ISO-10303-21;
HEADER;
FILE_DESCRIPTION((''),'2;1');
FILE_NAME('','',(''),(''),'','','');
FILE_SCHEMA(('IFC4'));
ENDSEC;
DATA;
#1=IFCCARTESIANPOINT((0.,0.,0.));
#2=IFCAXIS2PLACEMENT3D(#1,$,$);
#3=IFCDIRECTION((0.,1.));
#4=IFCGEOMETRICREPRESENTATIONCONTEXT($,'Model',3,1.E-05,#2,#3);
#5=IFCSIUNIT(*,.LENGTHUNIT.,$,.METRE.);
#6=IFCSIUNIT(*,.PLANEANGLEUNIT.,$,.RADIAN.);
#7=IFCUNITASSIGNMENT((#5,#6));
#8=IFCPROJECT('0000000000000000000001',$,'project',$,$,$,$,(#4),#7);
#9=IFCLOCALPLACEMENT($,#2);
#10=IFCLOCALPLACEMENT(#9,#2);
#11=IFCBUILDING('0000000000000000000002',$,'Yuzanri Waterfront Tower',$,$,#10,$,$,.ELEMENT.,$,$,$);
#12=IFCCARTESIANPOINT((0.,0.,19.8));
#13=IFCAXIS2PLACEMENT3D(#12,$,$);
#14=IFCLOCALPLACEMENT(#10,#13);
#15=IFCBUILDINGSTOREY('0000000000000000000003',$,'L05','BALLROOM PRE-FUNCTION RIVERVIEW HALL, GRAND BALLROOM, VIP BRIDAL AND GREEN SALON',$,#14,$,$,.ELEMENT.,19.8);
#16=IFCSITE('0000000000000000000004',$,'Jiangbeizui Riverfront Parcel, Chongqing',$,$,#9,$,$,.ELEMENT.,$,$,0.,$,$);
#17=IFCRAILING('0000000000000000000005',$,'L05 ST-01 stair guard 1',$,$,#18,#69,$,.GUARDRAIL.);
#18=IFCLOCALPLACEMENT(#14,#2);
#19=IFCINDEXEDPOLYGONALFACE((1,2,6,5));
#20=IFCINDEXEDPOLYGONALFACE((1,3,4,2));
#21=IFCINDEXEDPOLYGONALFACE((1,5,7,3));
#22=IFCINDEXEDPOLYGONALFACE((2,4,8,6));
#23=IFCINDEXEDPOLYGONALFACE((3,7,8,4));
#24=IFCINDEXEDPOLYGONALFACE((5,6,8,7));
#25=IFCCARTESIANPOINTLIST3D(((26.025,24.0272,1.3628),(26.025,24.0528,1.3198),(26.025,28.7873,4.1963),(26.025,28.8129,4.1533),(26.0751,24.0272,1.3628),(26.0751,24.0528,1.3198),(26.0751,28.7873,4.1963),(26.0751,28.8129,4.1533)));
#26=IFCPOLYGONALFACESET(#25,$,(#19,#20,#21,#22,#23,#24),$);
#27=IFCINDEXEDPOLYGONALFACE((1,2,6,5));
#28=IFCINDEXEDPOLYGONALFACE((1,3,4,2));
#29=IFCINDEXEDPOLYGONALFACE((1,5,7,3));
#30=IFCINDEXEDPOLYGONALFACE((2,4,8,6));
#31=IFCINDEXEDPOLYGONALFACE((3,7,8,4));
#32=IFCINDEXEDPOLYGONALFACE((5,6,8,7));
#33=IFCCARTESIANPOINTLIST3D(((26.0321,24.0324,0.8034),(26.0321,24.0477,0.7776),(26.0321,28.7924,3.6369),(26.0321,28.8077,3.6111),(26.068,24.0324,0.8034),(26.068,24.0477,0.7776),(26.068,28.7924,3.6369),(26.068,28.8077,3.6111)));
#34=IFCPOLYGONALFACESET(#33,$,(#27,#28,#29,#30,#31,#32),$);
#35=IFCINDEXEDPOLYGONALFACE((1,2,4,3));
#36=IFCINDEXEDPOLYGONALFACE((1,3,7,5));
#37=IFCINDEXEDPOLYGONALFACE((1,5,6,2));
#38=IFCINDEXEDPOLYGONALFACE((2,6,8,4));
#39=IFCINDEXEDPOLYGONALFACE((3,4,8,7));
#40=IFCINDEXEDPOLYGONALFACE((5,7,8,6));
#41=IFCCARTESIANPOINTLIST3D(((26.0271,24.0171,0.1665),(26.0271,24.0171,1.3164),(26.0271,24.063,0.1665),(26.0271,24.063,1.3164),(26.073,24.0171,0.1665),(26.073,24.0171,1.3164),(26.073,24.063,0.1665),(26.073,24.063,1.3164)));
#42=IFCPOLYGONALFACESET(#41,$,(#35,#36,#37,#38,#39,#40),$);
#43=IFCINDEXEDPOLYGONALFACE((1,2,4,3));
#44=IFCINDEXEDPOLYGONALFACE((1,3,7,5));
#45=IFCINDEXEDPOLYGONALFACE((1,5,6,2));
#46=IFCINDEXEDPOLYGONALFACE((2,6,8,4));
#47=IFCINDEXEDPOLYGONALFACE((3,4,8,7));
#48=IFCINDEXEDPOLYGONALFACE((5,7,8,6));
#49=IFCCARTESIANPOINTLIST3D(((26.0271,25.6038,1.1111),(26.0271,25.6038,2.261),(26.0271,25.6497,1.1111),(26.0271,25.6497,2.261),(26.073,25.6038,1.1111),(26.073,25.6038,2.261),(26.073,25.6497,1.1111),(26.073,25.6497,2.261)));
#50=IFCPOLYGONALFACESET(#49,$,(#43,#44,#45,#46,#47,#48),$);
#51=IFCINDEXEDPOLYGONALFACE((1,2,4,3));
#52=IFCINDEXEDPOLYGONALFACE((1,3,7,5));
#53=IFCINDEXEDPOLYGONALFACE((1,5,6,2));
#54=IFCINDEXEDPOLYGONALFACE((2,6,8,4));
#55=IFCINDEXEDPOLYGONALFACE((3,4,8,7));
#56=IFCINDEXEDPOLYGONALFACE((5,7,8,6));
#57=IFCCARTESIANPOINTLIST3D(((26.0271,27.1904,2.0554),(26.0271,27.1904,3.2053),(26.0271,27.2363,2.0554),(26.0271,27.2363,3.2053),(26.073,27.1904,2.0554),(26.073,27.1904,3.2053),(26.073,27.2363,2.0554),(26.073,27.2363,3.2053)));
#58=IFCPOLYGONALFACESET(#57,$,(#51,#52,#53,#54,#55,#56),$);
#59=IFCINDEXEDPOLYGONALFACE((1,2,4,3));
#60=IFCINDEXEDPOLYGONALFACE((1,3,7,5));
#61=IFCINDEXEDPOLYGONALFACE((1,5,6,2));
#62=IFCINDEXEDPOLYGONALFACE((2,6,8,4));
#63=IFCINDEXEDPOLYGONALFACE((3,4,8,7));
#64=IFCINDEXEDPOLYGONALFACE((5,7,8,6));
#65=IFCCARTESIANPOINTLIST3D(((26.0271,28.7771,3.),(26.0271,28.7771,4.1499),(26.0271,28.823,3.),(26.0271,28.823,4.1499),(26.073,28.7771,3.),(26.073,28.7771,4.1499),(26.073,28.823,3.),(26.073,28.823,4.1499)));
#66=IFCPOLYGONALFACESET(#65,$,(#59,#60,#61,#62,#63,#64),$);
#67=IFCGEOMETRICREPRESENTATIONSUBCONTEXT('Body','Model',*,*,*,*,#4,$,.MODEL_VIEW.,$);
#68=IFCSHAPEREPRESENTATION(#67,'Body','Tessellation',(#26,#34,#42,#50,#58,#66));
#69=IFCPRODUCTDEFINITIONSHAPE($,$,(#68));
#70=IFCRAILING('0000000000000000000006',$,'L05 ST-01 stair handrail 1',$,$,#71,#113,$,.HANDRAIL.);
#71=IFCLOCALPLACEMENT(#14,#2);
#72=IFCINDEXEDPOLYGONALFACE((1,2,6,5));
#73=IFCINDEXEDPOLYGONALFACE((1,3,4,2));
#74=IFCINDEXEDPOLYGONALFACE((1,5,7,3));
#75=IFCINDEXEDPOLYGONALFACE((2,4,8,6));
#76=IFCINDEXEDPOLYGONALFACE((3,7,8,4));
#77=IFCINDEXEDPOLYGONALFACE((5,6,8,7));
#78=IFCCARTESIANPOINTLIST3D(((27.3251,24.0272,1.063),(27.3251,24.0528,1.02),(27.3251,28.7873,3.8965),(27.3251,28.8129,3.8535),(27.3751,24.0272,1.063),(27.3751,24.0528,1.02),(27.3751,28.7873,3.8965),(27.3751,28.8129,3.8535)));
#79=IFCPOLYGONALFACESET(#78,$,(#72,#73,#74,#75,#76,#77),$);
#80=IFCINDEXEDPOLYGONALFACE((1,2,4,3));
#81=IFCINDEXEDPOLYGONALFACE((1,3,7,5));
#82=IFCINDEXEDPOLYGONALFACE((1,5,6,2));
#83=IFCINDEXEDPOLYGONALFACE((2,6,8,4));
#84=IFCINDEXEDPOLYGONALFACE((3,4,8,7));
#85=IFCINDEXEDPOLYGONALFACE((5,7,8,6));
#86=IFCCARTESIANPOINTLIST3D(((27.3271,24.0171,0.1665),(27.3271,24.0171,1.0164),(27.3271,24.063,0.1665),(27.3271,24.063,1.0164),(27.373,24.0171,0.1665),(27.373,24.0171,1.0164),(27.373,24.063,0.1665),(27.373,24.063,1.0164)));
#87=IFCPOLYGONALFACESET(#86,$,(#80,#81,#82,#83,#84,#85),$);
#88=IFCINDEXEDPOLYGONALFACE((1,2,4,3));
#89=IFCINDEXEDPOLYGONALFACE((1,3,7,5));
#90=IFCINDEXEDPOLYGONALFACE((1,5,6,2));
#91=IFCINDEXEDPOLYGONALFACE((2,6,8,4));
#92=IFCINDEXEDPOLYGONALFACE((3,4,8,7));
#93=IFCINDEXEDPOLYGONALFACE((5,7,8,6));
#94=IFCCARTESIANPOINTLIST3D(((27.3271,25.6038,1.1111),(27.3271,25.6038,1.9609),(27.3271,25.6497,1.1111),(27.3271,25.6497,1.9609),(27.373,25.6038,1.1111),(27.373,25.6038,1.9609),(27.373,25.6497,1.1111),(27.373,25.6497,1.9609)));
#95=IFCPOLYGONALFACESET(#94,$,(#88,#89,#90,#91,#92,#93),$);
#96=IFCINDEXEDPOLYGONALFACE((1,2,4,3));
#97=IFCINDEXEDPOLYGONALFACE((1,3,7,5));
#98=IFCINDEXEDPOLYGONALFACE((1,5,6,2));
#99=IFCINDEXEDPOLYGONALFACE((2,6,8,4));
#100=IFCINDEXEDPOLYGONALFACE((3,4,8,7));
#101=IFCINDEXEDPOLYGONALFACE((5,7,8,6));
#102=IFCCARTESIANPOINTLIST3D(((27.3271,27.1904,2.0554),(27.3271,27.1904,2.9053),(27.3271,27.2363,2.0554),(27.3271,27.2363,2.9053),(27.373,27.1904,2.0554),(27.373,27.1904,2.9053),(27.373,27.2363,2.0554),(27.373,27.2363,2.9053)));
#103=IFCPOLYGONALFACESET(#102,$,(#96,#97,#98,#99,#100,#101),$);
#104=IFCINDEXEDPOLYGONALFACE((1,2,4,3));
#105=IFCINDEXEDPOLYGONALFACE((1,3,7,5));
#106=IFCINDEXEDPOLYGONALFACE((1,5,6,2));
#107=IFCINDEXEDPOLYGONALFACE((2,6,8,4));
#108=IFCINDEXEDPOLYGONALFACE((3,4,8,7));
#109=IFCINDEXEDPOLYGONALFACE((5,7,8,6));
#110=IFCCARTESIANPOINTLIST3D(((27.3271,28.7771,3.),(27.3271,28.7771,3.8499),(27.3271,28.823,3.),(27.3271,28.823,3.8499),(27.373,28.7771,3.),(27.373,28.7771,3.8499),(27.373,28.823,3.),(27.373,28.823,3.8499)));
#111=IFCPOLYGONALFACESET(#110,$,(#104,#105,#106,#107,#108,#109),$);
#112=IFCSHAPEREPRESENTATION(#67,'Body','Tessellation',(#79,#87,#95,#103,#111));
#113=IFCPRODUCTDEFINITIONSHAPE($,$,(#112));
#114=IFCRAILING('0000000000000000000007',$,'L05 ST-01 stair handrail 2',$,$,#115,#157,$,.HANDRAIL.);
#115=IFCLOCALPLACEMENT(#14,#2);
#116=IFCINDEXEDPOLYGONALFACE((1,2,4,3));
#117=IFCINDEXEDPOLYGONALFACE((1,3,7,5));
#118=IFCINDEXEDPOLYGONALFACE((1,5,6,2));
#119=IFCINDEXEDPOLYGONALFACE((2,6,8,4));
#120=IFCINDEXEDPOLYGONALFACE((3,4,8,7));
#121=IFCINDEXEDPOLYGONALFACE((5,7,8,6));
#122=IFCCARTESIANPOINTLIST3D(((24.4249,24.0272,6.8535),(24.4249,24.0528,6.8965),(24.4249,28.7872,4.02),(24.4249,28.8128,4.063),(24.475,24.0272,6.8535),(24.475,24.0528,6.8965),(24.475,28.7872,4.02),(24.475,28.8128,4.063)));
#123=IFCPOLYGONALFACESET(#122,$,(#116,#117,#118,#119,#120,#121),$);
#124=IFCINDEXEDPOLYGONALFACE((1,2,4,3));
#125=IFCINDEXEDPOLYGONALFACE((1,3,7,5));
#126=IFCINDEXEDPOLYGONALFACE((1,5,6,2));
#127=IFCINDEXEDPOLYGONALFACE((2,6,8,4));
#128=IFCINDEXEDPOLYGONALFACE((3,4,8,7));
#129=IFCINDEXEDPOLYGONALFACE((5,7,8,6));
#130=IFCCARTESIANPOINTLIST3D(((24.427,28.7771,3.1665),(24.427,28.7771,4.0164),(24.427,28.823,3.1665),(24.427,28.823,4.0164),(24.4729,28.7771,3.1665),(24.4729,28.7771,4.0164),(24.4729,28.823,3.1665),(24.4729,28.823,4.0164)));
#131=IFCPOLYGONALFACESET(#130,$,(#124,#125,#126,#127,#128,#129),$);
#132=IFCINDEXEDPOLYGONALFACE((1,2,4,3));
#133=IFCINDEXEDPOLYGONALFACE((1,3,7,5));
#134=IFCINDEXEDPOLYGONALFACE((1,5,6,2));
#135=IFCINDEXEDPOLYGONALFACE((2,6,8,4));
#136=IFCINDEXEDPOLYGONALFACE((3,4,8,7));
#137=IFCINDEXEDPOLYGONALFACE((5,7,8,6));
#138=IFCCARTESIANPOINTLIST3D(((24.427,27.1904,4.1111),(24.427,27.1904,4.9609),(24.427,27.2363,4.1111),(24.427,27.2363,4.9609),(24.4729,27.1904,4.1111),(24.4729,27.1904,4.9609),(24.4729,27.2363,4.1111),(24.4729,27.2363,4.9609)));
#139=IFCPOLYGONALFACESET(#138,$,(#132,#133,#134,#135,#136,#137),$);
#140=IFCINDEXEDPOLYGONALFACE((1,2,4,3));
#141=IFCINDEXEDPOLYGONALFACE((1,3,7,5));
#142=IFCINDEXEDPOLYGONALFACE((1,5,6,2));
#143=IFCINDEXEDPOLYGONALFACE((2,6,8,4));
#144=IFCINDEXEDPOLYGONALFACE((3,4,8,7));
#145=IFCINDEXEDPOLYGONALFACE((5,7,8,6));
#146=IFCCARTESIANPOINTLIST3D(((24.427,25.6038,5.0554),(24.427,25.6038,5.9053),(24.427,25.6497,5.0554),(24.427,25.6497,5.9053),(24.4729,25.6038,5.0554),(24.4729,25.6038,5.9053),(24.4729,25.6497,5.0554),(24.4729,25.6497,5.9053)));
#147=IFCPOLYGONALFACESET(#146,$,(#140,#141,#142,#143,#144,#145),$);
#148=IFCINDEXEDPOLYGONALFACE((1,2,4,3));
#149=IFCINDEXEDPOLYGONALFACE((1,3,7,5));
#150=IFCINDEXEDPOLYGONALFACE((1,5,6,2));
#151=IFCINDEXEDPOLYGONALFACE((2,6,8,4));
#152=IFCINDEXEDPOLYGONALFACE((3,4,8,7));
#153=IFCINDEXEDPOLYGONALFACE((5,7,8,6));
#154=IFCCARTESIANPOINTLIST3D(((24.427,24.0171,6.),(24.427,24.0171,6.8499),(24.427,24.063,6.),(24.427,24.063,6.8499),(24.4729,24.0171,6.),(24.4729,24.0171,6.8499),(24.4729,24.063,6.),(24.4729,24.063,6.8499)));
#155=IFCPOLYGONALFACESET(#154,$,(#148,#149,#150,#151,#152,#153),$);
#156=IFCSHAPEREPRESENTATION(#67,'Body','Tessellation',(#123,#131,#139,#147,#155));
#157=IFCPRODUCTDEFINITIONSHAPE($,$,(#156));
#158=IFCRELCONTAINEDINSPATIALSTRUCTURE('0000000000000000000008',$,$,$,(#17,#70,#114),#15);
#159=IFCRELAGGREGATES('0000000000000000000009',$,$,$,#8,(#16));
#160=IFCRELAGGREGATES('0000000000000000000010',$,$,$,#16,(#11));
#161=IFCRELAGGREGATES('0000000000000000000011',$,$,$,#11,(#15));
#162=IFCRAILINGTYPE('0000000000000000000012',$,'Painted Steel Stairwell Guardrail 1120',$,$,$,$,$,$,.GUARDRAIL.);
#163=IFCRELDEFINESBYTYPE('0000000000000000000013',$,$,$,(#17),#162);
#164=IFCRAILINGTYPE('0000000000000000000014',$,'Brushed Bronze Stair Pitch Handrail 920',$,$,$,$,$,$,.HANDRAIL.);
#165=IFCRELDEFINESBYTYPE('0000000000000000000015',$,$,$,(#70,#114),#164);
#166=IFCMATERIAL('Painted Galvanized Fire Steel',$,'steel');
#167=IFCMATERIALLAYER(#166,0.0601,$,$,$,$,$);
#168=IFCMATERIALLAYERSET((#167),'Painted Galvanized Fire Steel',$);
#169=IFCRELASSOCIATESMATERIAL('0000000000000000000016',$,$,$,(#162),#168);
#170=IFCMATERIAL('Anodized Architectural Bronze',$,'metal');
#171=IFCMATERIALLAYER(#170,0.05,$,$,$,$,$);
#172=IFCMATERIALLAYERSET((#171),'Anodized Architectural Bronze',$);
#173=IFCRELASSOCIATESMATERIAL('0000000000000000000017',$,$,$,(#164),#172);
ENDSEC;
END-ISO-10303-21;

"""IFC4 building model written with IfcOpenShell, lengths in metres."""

from ifc_helpers import new_model, si_unit, direction, frame, origin, origin_2d, place, context, subcontext, project, spatial, rectangle, extrude, source, transform, mapped, material, layer, layer_set, type_object, element, save


model = new_model("IFC4")

# Units and contexts
model_context = context("Model", 3, precision=1e-05, world=origin(), true_north=direction((0.0, 1.0)))
body_context = subcontext(model_context, "Body", "Model", "MODEL_VIEW")
ifc_project = project(units=[si_unit("LENGTHUNIT", "METRE"), si_unit("PLANEANGLEUNIT", "RADIAN")], contexts=[model_context])

# Site, building, storey
site_placement = place(None, origin())
site = spatial("IfcSite", under=ifc_project, at=site_placement, Name="Jiangbeizui Riverfront Parcel, Chongqing", CompositionType="ELEMENT", RefElevation=0.0)
building_placement = place(site_placement, origin())
building = spatial("IfcBuilding", under=site, at=building_placement, Name="Yuzanri Waterfront Tower", CompositionType="ELEMENT")
storey_placement = place(building_placement, frame((0.0, 0.0, 19.8)))
storey = spatial("IfcBuildingStorey", under=building, at=storey_placement, Name="L05", Description="BALLROOM PRE-FUNCTION RIVERVIEW HALL, GRAND BALLROOM, VIP BRIDAL AND GREEN SALON", CompositionType="ELEMENT", Elevation=19.8)

# Railings
ifc_material_1 = material(Name="Painted Galvanized Fire Steel", Category="steel")
ifc_layer_1 = layer(ifc_material_1, 0.0601)
ifc_layer_set_1 = layer_set([ifc_layer_1], Name="Painted Galvanized Fire Steel")
railing_type_1 = type_object("IfcRailingType", Name="Painted Steel Stairwell Guardrail 1120", PredefinedType="GUARDRAIL", material=ifc_layer_set_1)
shared_shape_1 = source(origin(), body_context, "Body", "SweptSolid", [
    extrude(rectangle(XDim=0.05, YDim=0.05, at=origin_2d()), frame((0.0, 0.0, 1.1748), z_axis=(0.0, 0.85928, 0.511505), x_axis=(-1.0, 0.0, 0.0)), (0.0, 0.0, 1.0), 5.5396),
    extrude(rectangle(XDim=0.0359, YDim=0.03, at=origin_2d()), frame((0.0, 0.0, 0.624), z_axis=(0.0, 0.85928, 0.511505), x_axis=(-1.0, 0.0, 0.0)), (0.0, 0.0, 1.0), 5.5396),
    extrude(rectangle(XDim=0.0459, YDim=0.0459, at=origin_2d()), origin(), (0.0, 0.0, 1.0), 1.1499),
    extrude(rectangle(XDim=0.0459, YDim=0.0459, at=origin_2d()), frame((0.0, 1.5867, 0.9446)), (0.0, 0.0, 1.0), 1.1499),
    extrude(rectangle(XDim=0.0459, YDim=0.0459, at=origin_2d()), frame((0.0, 3.1733, 1.8889)), (0.0, 0.0, 1.0), 1.1499),
    extrude(rectangle(XDim=0.0459, YDim=0.0459, at=origin_2d()), frame((0.0, 4.76, 2.8335)), (0.0, 0.0, 1.0), 1.1499),
])
railing_1_placement = place(storey_placement, frame((26.05, 24.04, 0.1665)))
element("IfcRailing", 1, at=railing_1_placement, inside=storey, type_object=railing_type_1, Name="L05 ST-01 stair guard 1", PredefinedType="GUARDRAIL", context=body_context, shape_type="MappedRepresentation", body=[
    mapped(shared_shape_1, transform((0.0, 0.0, 0.0), scale=1.0)),
])
ifc_material_2 = material(Name="Anodized Architectural Bronze", Category="metal")
ifc_layer_2 = layer(ifc_material_2, 0.05)
ifc_layer_set_2 = layer_set([ifc_layer_2], Name="Anodized Architectural Bronze")
railing_type_2 = type_object("IfcRailingType", Name="Brushed Bronze Stair Pitch Handrail 920", PredefinedType="HANDRAIL", material=ifc_layer_set_2)
shared_shape_2 = source(origin(), body_context, "Body", "SweptSolid", [
    extrude(rectangle(XDim=0.05, YDim=0.05, at=origin_2d()), frame((0.0, 0.0, 0.875), z_axis=(0.0, 0.85928, 0.511505), x_axis=(-1.0, 0.0, 0.0)), (0.0, 0.0, 1.0), 5.5396),
    extrude(rectangle(XDim=0.0459, YDim=0.0459, at=origin_2d()), origin(), (0.0, 0.0, 1.0), 0.8499),
    extrude(rectangle(XDim=0.0459, YDim=0.0459, at=origin_2d()), frame((0.0, 1.5867, 0.9446)), (0.0, 0.0, 1.0), 0.8499),
    extrude(rectangle(XDim=0.0459, YDim=0.0459, at=origin_2d()), frame((0.0, 3.1733, 1.8889)), (0.0, 0.0, 1.0), 0.8499),
    extrude(rectangle(XDim=0.0459, YDim=0.0459, at=origin_2d()), frame((0.0, 4.76, 2.8335)), (0.0, 0.0, 1.0), 0.8499),
])
railing_2_placement = place(storey_placement, frame((27.3501, 24.04, 0.1665)))
element("IfcRailing", 2, at=railing_2_placement, inside=storey, type_object=railing_type_2, Name="L05 ST-01 stair handrail 1", PredefinedType="HANDRAIL", context=body_context, shape_type="MappedRepresentation", body=[
    mapped(shared_shape_2, transform((0.0, 0.0, 0.0), scale=1.0)),
])
shared_shape_3 = source(origin(), body_context, "Body", "SweptSolid", [
    extrude(rectangle(XDim=0.05, YDim=0.05, at=origin_2d()), frame((0.0, 0.0, 0.875), z_axis=(0.0, -0.85928, 0.511505), x_axis=(1.0, 0.0, 0.0)), (0.0, 0.0, 1.0), 5.5396),
    extrude(rectangle(XDim=0.0459, YDim=0.0459, at=origin_2d()), origin(), (0.0, 0.0, 1.0), 0.8499),
    extrude(rectangle(XDim=0.0459, YDim=0.0459, at=origin_2d()), frame((0.0, -1.5867, 0.9446)), (0.0, 0.0, 1.0), 0.8499),
    extrude(rectangle(XDim=0.0459, YDim=0.0459, at=origin_2d()), frame((0.0, -3.1733, 1.8889)), (0.0, 0.0, 1.0), 0.8499),
    extrude(rectangle(XDim=0.0459, YDim=0.0459, at=origin_2d()), frame((0.0, -4.76, 2.8335)), (0.0, 0.0, 1.0), 0.8499),
])
railing_3_placement = place(storey_placement, frame((24.45, 28.8, 3.1665)))
element("IfcRailing", 3, at=railing_3_placement, inside=storey, type_object=railing_type_2, Name="L05 ST-01 stair handrail 2", PredefinedType="HANDRAIL", context=body_context, shape_type="MappedRepresentation", body=[
    mapped(shared_shape_3, transform((0.0, 0.0, 0.0), scale=1.0)),
])

save(model, "model.ifc")
